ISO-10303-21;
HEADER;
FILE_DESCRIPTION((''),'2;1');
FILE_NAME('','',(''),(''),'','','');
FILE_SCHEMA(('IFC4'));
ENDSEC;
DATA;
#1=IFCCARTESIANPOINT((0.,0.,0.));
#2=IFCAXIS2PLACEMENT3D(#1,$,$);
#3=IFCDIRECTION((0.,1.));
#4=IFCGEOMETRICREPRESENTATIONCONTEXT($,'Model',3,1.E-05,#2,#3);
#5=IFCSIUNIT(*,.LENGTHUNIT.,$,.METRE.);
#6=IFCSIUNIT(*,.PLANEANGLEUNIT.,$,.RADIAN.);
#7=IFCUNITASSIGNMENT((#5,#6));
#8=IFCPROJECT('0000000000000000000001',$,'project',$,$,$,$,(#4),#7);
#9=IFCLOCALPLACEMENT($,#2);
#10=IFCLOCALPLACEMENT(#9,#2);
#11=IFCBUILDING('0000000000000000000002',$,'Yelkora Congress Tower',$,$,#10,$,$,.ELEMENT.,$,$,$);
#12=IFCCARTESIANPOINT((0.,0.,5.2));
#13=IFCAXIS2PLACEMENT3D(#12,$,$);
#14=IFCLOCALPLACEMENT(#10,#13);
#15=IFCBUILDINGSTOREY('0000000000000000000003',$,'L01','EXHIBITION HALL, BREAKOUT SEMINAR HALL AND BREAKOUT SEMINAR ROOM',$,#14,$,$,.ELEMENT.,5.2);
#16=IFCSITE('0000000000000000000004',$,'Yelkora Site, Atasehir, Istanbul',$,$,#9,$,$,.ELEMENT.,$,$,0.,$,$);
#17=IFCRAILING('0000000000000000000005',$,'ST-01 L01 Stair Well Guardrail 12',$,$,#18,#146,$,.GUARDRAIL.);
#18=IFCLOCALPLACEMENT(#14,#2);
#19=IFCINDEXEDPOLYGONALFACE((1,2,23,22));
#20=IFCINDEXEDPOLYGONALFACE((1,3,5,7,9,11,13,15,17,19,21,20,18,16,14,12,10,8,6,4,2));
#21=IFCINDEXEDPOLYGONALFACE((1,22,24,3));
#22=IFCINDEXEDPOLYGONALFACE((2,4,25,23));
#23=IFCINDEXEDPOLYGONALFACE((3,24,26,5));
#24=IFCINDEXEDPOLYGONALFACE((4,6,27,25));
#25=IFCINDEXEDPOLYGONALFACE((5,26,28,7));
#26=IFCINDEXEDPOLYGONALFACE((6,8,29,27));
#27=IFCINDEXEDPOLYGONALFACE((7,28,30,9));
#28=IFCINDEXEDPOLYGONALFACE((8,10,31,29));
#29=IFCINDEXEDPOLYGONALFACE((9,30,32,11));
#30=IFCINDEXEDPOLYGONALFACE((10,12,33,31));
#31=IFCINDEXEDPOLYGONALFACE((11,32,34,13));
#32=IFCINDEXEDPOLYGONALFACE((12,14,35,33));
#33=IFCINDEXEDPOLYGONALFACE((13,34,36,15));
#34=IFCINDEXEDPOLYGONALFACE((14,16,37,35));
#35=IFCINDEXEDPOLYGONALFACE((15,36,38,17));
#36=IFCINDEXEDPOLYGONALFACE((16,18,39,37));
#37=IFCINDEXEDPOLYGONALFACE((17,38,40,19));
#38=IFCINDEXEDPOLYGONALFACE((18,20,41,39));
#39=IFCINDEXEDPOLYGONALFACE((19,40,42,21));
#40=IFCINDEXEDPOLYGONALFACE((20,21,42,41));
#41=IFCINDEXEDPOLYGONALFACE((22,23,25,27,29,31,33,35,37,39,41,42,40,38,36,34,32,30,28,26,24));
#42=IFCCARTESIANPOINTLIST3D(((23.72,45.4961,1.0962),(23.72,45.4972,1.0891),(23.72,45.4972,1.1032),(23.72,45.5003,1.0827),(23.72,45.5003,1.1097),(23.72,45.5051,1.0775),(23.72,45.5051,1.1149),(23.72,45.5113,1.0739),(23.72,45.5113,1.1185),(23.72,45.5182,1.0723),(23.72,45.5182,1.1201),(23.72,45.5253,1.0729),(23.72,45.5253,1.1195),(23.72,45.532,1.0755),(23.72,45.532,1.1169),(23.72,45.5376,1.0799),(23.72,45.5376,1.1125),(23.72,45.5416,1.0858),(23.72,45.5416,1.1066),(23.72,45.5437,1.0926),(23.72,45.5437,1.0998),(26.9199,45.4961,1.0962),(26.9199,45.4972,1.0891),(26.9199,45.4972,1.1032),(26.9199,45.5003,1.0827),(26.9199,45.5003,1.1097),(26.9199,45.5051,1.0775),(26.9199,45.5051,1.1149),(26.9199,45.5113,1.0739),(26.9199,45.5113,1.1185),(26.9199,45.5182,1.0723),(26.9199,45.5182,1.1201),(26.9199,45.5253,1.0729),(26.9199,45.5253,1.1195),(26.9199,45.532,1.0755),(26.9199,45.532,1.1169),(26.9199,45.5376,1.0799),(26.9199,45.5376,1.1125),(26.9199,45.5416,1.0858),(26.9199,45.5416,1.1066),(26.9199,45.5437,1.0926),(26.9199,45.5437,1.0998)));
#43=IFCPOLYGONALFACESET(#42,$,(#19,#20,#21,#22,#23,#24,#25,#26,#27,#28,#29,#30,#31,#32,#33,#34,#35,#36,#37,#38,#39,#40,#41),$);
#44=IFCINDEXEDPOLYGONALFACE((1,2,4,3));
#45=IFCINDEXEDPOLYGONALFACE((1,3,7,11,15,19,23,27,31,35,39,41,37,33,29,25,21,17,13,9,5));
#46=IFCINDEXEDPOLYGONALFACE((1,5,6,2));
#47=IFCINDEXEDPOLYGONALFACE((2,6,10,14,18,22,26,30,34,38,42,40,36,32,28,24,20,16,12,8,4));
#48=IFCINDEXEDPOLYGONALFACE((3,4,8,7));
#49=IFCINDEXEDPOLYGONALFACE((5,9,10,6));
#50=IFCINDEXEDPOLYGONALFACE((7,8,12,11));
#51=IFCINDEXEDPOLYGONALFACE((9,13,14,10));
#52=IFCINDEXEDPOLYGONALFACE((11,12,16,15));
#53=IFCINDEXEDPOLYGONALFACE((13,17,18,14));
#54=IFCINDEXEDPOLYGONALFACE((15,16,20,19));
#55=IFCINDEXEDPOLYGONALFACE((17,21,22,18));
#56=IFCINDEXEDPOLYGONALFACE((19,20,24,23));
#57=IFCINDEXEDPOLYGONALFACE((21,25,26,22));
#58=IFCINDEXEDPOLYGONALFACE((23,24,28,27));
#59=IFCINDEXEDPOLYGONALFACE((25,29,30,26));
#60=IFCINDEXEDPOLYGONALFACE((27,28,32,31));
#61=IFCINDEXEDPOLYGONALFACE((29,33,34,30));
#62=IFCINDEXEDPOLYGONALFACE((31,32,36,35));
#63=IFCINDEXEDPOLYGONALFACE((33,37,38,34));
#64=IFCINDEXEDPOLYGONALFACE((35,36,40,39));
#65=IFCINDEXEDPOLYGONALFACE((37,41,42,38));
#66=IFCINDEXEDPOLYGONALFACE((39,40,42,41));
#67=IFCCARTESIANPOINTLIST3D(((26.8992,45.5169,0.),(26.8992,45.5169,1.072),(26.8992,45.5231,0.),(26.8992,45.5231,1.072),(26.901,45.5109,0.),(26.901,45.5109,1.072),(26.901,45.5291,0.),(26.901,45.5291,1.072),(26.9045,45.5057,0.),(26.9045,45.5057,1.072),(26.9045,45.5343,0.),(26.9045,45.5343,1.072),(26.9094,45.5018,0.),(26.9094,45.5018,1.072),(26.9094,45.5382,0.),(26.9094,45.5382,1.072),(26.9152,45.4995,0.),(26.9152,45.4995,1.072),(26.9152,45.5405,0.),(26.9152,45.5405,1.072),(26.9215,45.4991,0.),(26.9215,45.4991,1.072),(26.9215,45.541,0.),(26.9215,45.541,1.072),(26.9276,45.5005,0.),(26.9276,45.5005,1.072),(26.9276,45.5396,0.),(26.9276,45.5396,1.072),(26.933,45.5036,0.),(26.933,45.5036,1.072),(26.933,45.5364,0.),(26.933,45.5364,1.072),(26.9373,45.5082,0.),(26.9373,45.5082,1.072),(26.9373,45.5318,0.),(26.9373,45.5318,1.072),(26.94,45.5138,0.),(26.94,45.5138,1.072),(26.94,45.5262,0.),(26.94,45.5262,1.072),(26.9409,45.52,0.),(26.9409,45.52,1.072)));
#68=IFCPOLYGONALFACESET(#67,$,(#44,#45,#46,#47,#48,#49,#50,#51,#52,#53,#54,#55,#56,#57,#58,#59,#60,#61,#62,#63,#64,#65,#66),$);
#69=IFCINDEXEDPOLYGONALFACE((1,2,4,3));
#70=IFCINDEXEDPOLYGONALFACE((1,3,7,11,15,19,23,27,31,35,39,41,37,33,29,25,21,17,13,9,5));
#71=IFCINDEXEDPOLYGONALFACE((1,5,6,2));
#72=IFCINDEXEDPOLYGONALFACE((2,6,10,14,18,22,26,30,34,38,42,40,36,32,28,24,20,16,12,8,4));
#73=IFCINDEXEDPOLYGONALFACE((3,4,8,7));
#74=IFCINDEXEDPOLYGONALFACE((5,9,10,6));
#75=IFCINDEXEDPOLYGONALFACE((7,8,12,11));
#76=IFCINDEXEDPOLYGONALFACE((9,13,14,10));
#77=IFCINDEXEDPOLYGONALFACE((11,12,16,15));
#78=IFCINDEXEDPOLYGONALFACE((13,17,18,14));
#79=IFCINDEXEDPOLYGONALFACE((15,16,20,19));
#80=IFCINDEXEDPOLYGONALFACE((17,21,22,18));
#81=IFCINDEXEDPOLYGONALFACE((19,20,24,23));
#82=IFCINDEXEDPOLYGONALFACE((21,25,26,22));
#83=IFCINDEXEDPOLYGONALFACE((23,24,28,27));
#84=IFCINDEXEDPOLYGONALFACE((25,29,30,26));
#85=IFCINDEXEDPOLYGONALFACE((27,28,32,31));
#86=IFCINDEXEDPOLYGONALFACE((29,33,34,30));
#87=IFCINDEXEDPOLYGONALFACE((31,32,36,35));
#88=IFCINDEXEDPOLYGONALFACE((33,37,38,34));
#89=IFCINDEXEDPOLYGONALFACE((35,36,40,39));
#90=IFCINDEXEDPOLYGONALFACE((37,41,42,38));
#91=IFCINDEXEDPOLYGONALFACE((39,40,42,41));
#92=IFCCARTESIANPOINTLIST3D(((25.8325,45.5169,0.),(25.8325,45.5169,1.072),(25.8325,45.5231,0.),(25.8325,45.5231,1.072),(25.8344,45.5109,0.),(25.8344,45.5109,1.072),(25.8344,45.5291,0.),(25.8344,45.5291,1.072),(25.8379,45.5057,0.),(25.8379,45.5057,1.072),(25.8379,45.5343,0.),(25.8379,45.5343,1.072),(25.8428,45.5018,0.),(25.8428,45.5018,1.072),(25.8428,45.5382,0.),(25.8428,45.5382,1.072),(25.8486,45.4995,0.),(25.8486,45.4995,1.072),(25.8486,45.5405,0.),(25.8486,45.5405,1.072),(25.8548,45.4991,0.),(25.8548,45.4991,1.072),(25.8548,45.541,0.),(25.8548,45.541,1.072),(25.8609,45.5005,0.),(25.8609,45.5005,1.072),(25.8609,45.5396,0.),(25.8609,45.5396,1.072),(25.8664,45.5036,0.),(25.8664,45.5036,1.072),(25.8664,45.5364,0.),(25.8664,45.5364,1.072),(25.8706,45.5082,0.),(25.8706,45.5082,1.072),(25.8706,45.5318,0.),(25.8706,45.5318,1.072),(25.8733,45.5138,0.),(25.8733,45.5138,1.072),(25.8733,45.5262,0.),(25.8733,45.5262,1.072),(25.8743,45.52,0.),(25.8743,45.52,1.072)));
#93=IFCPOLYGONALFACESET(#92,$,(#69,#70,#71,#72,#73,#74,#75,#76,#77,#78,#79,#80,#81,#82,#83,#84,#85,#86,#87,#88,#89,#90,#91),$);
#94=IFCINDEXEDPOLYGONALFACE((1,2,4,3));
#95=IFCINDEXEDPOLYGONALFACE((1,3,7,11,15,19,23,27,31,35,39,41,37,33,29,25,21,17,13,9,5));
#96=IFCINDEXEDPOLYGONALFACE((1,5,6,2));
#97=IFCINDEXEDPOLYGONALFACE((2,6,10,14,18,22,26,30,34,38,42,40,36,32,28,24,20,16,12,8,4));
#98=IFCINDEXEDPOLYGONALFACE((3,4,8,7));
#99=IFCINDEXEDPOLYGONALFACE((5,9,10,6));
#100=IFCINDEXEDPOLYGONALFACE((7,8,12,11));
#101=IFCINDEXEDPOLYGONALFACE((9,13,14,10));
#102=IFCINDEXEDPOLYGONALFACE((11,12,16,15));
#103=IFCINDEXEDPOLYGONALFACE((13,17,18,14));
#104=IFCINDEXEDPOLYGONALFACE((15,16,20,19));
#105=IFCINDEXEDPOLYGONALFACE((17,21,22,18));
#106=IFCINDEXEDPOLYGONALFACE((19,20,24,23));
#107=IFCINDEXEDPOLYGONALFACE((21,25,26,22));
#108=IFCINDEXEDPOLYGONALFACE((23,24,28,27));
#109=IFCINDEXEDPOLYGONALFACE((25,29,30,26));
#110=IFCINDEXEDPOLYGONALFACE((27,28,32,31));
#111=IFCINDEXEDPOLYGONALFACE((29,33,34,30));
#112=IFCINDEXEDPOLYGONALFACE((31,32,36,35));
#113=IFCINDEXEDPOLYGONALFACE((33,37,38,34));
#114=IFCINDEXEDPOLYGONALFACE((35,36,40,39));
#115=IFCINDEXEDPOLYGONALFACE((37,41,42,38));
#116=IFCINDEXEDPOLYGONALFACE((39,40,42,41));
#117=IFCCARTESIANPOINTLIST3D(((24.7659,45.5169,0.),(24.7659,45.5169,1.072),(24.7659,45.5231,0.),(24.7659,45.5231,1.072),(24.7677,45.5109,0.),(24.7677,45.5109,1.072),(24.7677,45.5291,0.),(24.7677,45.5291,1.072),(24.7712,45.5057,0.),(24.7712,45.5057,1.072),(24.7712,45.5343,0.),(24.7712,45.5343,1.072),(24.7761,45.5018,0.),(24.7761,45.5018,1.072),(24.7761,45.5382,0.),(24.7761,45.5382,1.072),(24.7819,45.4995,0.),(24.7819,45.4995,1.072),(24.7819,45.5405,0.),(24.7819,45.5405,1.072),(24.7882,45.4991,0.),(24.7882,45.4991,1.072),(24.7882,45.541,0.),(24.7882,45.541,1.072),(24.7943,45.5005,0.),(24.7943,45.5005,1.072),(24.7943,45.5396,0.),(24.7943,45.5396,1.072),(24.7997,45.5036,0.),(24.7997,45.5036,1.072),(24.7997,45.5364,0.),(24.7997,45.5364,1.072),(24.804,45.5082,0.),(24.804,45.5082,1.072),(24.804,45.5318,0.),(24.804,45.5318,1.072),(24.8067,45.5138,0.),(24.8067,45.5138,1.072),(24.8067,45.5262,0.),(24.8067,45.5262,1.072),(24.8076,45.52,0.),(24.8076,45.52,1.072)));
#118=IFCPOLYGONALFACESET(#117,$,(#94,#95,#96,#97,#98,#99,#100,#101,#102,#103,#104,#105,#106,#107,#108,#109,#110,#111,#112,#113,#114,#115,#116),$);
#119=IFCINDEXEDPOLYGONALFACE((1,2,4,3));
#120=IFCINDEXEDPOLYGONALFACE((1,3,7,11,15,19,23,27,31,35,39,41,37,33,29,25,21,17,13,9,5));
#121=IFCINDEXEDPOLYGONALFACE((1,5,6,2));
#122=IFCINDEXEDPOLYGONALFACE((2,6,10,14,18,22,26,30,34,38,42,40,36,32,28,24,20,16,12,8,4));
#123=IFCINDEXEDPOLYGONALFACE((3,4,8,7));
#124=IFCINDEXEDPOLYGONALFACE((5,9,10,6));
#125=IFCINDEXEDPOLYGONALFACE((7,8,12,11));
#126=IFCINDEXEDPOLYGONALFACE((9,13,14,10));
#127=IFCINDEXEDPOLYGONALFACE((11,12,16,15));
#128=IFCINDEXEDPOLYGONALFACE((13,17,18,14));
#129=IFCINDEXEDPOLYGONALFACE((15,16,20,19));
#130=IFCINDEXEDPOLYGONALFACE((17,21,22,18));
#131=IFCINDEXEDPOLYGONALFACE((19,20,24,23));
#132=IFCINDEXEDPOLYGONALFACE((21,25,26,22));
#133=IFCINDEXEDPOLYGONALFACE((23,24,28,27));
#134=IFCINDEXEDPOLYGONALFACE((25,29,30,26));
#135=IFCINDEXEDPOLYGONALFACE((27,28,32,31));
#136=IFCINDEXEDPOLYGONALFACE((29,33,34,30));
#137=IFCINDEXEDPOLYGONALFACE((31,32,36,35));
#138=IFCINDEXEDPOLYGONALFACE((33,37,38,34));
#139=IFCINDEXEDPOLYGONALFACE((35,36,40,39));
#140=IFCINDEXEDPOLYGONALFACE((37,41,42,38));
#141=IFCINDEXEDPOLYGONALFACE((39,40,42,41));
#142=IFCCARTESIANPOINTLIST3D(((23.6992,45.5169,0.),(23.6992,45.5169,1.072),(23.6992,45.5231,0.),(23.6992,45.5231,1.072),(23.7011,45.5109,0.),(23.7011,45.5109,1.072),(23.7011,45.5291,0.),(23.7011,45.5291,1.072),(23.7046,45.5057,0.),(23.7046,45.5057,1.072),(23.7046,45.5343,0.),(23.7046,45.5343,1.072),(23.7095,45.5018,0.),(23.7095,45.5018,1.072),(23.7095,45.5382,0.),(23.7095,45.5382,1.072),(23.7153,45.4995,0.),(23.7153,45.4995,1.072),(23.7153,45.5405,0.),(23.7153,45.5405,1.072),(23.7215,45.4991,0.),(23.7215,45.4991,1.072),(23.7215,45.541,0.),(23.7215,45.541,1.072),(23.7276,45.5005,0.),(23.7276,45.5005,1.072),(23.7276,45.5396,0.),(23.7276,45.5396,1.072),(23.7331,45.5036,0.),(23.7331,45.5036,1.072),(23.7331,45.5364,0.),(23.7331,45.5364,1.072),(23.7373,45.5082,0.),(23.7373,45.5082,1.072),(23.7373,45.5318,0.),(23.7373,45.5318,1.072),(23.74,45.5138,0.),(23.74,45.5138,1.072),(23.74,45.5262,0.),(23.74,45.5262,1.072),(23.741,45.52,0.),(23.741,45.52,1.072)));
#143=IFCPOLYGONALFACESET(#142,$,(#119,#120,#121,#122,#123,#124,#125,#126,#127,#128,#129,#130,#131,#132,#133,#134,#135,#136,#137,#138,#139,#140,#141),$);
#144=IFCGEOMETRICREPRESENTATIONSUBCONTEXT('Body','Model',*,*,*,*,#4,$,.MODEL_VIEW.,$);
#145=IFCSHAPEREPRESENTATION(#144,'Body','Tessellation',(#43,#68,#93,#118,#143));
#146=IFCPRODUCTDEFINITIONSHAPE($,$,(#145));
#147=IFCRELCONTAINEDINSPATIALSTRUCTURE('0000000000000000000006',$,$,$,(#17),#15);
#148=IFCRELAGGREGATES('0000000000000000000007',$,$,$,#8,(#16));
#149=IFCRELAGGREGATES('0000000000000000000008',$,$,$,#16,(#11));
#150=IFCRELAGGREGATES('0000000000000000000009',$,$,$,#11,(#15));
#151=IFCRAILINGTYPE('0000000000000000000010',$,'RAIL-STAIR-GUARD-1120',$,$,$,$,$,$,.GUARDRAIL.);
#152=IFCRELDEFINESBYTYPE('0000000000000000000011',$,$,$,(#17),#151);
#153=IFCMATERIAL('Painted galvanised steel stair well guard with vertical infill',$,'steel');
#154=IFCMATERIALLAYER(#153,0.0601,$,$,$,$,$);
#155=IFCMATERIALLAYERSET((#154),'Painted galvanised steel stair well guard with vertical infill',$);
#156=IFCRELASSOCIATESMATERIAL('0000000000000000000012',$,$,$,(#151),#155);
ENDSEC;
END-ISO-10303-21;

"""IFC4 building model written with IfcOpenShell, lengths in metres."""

from ifc_helpers import new_model, si_unit, direction, frame, origin, origin_2d, place, context, subcontext, project, spatial, circle, extrude, material, layer, layer_set, type_object, element, save


model = new_model("IFC4")

# Units and contexts
model_context = context("Model", 3, precision=1e-05, world=origin(), true_north=direction((0.0, 1.0)))
body_context = subcontext(model_context, "Body", "Model", "MODEL_VIEW")
ifc_project = project(units=[si_unit("LENGTHUNIT", "METRE"), si_unit("PLANEANGLEUNIT", "RADIAN")], contexts=[model_context])

# Site, building, storey
site_placement = place(None, origin())
site = spatial("IfcSite", under=ifc_project, at=site_placement, Name="Yelkora Site, Atasehir, Istanbul", CompositionType="ELEMENT", RefElevation=0.0)
building_placement = place(site_placement, origin())
building = spatial("IfcBuilding", under=site, at=building_placement, Name="Yelkora Congress Tower", CompositionType="ELEMENT")
storey_placement = place(building_placement, frame((0.0, 0.0, 5.2)))
storey = spatial("IfcBuildingStorey", under=building, at=storey_placement, Name="L01", Description="EXHIBITION HALL, BREAKOUT SEMINAR HALL AND BREAKOUT SEMINAR ROOM", CompositionType="ELEMENT", Elevation=5.2)

# Railing
ifc_material_1 = material(Name="Painted galvanised steel stair well guard with vertical infill", Category="steel")
ifc_layer_1 = layer(ifc_material_1, 0.0601)
ifc_layer_set_1 = layer_set([ifc_layer_1], Name="Painted galvanised steel stair well guard with vertical infill")
railing_type_1 = type_object("IfcRailingType", Name="RAIL-STAIR-GUARD-1120", PredefinedType="GUARDRAIL", material=ifc_layer_set_1)
railing_1_placement = place(storey_placement, frame((26.9199, 45.52, 0.0)))
element("IfcRailing", 1, at=railing_1_placement, inside=storey, type_object=railing_type_1, Name="ST-01 L01 Stair Well Guardrail 12", PredefinedType="GUARDRAIL", context=body_context, shape_type="SweptSolid", body=[
    extrude(circle(Radius=0.0239, at=origin_2d()), frame((0.0, 0.0, 1.0962), z_axis=(-1.0, 0.0, 0.0), x_axis=(0.0, -1.0, 0.0)), (0.0, 0.0, 1.0), 3.2),
    extrude(circle(Radius=0.021, at=origin_2d()), origin(), (0.0, 0.0, 1.0), 1.072),
    extrude(circle(Radius=0.021, at=origin_2d()), frame((-1.0667, 0.0, 0.0)), (0.0, 0.0, 1.0), 1.072),
    extrude(circle(Radius=0.021, at=origin_2d()), frame((-2.1333, 0.0, 0.0)), (0.0, 0.0, 1.0), 1.072),
    extrude(circle(Radius=0.021, at=origin_2d()), frame((-3.2, 0.0, 0.0)), (0.0, 0.0, 1.0), 1.072),
])

save(model, "model.ifc")
